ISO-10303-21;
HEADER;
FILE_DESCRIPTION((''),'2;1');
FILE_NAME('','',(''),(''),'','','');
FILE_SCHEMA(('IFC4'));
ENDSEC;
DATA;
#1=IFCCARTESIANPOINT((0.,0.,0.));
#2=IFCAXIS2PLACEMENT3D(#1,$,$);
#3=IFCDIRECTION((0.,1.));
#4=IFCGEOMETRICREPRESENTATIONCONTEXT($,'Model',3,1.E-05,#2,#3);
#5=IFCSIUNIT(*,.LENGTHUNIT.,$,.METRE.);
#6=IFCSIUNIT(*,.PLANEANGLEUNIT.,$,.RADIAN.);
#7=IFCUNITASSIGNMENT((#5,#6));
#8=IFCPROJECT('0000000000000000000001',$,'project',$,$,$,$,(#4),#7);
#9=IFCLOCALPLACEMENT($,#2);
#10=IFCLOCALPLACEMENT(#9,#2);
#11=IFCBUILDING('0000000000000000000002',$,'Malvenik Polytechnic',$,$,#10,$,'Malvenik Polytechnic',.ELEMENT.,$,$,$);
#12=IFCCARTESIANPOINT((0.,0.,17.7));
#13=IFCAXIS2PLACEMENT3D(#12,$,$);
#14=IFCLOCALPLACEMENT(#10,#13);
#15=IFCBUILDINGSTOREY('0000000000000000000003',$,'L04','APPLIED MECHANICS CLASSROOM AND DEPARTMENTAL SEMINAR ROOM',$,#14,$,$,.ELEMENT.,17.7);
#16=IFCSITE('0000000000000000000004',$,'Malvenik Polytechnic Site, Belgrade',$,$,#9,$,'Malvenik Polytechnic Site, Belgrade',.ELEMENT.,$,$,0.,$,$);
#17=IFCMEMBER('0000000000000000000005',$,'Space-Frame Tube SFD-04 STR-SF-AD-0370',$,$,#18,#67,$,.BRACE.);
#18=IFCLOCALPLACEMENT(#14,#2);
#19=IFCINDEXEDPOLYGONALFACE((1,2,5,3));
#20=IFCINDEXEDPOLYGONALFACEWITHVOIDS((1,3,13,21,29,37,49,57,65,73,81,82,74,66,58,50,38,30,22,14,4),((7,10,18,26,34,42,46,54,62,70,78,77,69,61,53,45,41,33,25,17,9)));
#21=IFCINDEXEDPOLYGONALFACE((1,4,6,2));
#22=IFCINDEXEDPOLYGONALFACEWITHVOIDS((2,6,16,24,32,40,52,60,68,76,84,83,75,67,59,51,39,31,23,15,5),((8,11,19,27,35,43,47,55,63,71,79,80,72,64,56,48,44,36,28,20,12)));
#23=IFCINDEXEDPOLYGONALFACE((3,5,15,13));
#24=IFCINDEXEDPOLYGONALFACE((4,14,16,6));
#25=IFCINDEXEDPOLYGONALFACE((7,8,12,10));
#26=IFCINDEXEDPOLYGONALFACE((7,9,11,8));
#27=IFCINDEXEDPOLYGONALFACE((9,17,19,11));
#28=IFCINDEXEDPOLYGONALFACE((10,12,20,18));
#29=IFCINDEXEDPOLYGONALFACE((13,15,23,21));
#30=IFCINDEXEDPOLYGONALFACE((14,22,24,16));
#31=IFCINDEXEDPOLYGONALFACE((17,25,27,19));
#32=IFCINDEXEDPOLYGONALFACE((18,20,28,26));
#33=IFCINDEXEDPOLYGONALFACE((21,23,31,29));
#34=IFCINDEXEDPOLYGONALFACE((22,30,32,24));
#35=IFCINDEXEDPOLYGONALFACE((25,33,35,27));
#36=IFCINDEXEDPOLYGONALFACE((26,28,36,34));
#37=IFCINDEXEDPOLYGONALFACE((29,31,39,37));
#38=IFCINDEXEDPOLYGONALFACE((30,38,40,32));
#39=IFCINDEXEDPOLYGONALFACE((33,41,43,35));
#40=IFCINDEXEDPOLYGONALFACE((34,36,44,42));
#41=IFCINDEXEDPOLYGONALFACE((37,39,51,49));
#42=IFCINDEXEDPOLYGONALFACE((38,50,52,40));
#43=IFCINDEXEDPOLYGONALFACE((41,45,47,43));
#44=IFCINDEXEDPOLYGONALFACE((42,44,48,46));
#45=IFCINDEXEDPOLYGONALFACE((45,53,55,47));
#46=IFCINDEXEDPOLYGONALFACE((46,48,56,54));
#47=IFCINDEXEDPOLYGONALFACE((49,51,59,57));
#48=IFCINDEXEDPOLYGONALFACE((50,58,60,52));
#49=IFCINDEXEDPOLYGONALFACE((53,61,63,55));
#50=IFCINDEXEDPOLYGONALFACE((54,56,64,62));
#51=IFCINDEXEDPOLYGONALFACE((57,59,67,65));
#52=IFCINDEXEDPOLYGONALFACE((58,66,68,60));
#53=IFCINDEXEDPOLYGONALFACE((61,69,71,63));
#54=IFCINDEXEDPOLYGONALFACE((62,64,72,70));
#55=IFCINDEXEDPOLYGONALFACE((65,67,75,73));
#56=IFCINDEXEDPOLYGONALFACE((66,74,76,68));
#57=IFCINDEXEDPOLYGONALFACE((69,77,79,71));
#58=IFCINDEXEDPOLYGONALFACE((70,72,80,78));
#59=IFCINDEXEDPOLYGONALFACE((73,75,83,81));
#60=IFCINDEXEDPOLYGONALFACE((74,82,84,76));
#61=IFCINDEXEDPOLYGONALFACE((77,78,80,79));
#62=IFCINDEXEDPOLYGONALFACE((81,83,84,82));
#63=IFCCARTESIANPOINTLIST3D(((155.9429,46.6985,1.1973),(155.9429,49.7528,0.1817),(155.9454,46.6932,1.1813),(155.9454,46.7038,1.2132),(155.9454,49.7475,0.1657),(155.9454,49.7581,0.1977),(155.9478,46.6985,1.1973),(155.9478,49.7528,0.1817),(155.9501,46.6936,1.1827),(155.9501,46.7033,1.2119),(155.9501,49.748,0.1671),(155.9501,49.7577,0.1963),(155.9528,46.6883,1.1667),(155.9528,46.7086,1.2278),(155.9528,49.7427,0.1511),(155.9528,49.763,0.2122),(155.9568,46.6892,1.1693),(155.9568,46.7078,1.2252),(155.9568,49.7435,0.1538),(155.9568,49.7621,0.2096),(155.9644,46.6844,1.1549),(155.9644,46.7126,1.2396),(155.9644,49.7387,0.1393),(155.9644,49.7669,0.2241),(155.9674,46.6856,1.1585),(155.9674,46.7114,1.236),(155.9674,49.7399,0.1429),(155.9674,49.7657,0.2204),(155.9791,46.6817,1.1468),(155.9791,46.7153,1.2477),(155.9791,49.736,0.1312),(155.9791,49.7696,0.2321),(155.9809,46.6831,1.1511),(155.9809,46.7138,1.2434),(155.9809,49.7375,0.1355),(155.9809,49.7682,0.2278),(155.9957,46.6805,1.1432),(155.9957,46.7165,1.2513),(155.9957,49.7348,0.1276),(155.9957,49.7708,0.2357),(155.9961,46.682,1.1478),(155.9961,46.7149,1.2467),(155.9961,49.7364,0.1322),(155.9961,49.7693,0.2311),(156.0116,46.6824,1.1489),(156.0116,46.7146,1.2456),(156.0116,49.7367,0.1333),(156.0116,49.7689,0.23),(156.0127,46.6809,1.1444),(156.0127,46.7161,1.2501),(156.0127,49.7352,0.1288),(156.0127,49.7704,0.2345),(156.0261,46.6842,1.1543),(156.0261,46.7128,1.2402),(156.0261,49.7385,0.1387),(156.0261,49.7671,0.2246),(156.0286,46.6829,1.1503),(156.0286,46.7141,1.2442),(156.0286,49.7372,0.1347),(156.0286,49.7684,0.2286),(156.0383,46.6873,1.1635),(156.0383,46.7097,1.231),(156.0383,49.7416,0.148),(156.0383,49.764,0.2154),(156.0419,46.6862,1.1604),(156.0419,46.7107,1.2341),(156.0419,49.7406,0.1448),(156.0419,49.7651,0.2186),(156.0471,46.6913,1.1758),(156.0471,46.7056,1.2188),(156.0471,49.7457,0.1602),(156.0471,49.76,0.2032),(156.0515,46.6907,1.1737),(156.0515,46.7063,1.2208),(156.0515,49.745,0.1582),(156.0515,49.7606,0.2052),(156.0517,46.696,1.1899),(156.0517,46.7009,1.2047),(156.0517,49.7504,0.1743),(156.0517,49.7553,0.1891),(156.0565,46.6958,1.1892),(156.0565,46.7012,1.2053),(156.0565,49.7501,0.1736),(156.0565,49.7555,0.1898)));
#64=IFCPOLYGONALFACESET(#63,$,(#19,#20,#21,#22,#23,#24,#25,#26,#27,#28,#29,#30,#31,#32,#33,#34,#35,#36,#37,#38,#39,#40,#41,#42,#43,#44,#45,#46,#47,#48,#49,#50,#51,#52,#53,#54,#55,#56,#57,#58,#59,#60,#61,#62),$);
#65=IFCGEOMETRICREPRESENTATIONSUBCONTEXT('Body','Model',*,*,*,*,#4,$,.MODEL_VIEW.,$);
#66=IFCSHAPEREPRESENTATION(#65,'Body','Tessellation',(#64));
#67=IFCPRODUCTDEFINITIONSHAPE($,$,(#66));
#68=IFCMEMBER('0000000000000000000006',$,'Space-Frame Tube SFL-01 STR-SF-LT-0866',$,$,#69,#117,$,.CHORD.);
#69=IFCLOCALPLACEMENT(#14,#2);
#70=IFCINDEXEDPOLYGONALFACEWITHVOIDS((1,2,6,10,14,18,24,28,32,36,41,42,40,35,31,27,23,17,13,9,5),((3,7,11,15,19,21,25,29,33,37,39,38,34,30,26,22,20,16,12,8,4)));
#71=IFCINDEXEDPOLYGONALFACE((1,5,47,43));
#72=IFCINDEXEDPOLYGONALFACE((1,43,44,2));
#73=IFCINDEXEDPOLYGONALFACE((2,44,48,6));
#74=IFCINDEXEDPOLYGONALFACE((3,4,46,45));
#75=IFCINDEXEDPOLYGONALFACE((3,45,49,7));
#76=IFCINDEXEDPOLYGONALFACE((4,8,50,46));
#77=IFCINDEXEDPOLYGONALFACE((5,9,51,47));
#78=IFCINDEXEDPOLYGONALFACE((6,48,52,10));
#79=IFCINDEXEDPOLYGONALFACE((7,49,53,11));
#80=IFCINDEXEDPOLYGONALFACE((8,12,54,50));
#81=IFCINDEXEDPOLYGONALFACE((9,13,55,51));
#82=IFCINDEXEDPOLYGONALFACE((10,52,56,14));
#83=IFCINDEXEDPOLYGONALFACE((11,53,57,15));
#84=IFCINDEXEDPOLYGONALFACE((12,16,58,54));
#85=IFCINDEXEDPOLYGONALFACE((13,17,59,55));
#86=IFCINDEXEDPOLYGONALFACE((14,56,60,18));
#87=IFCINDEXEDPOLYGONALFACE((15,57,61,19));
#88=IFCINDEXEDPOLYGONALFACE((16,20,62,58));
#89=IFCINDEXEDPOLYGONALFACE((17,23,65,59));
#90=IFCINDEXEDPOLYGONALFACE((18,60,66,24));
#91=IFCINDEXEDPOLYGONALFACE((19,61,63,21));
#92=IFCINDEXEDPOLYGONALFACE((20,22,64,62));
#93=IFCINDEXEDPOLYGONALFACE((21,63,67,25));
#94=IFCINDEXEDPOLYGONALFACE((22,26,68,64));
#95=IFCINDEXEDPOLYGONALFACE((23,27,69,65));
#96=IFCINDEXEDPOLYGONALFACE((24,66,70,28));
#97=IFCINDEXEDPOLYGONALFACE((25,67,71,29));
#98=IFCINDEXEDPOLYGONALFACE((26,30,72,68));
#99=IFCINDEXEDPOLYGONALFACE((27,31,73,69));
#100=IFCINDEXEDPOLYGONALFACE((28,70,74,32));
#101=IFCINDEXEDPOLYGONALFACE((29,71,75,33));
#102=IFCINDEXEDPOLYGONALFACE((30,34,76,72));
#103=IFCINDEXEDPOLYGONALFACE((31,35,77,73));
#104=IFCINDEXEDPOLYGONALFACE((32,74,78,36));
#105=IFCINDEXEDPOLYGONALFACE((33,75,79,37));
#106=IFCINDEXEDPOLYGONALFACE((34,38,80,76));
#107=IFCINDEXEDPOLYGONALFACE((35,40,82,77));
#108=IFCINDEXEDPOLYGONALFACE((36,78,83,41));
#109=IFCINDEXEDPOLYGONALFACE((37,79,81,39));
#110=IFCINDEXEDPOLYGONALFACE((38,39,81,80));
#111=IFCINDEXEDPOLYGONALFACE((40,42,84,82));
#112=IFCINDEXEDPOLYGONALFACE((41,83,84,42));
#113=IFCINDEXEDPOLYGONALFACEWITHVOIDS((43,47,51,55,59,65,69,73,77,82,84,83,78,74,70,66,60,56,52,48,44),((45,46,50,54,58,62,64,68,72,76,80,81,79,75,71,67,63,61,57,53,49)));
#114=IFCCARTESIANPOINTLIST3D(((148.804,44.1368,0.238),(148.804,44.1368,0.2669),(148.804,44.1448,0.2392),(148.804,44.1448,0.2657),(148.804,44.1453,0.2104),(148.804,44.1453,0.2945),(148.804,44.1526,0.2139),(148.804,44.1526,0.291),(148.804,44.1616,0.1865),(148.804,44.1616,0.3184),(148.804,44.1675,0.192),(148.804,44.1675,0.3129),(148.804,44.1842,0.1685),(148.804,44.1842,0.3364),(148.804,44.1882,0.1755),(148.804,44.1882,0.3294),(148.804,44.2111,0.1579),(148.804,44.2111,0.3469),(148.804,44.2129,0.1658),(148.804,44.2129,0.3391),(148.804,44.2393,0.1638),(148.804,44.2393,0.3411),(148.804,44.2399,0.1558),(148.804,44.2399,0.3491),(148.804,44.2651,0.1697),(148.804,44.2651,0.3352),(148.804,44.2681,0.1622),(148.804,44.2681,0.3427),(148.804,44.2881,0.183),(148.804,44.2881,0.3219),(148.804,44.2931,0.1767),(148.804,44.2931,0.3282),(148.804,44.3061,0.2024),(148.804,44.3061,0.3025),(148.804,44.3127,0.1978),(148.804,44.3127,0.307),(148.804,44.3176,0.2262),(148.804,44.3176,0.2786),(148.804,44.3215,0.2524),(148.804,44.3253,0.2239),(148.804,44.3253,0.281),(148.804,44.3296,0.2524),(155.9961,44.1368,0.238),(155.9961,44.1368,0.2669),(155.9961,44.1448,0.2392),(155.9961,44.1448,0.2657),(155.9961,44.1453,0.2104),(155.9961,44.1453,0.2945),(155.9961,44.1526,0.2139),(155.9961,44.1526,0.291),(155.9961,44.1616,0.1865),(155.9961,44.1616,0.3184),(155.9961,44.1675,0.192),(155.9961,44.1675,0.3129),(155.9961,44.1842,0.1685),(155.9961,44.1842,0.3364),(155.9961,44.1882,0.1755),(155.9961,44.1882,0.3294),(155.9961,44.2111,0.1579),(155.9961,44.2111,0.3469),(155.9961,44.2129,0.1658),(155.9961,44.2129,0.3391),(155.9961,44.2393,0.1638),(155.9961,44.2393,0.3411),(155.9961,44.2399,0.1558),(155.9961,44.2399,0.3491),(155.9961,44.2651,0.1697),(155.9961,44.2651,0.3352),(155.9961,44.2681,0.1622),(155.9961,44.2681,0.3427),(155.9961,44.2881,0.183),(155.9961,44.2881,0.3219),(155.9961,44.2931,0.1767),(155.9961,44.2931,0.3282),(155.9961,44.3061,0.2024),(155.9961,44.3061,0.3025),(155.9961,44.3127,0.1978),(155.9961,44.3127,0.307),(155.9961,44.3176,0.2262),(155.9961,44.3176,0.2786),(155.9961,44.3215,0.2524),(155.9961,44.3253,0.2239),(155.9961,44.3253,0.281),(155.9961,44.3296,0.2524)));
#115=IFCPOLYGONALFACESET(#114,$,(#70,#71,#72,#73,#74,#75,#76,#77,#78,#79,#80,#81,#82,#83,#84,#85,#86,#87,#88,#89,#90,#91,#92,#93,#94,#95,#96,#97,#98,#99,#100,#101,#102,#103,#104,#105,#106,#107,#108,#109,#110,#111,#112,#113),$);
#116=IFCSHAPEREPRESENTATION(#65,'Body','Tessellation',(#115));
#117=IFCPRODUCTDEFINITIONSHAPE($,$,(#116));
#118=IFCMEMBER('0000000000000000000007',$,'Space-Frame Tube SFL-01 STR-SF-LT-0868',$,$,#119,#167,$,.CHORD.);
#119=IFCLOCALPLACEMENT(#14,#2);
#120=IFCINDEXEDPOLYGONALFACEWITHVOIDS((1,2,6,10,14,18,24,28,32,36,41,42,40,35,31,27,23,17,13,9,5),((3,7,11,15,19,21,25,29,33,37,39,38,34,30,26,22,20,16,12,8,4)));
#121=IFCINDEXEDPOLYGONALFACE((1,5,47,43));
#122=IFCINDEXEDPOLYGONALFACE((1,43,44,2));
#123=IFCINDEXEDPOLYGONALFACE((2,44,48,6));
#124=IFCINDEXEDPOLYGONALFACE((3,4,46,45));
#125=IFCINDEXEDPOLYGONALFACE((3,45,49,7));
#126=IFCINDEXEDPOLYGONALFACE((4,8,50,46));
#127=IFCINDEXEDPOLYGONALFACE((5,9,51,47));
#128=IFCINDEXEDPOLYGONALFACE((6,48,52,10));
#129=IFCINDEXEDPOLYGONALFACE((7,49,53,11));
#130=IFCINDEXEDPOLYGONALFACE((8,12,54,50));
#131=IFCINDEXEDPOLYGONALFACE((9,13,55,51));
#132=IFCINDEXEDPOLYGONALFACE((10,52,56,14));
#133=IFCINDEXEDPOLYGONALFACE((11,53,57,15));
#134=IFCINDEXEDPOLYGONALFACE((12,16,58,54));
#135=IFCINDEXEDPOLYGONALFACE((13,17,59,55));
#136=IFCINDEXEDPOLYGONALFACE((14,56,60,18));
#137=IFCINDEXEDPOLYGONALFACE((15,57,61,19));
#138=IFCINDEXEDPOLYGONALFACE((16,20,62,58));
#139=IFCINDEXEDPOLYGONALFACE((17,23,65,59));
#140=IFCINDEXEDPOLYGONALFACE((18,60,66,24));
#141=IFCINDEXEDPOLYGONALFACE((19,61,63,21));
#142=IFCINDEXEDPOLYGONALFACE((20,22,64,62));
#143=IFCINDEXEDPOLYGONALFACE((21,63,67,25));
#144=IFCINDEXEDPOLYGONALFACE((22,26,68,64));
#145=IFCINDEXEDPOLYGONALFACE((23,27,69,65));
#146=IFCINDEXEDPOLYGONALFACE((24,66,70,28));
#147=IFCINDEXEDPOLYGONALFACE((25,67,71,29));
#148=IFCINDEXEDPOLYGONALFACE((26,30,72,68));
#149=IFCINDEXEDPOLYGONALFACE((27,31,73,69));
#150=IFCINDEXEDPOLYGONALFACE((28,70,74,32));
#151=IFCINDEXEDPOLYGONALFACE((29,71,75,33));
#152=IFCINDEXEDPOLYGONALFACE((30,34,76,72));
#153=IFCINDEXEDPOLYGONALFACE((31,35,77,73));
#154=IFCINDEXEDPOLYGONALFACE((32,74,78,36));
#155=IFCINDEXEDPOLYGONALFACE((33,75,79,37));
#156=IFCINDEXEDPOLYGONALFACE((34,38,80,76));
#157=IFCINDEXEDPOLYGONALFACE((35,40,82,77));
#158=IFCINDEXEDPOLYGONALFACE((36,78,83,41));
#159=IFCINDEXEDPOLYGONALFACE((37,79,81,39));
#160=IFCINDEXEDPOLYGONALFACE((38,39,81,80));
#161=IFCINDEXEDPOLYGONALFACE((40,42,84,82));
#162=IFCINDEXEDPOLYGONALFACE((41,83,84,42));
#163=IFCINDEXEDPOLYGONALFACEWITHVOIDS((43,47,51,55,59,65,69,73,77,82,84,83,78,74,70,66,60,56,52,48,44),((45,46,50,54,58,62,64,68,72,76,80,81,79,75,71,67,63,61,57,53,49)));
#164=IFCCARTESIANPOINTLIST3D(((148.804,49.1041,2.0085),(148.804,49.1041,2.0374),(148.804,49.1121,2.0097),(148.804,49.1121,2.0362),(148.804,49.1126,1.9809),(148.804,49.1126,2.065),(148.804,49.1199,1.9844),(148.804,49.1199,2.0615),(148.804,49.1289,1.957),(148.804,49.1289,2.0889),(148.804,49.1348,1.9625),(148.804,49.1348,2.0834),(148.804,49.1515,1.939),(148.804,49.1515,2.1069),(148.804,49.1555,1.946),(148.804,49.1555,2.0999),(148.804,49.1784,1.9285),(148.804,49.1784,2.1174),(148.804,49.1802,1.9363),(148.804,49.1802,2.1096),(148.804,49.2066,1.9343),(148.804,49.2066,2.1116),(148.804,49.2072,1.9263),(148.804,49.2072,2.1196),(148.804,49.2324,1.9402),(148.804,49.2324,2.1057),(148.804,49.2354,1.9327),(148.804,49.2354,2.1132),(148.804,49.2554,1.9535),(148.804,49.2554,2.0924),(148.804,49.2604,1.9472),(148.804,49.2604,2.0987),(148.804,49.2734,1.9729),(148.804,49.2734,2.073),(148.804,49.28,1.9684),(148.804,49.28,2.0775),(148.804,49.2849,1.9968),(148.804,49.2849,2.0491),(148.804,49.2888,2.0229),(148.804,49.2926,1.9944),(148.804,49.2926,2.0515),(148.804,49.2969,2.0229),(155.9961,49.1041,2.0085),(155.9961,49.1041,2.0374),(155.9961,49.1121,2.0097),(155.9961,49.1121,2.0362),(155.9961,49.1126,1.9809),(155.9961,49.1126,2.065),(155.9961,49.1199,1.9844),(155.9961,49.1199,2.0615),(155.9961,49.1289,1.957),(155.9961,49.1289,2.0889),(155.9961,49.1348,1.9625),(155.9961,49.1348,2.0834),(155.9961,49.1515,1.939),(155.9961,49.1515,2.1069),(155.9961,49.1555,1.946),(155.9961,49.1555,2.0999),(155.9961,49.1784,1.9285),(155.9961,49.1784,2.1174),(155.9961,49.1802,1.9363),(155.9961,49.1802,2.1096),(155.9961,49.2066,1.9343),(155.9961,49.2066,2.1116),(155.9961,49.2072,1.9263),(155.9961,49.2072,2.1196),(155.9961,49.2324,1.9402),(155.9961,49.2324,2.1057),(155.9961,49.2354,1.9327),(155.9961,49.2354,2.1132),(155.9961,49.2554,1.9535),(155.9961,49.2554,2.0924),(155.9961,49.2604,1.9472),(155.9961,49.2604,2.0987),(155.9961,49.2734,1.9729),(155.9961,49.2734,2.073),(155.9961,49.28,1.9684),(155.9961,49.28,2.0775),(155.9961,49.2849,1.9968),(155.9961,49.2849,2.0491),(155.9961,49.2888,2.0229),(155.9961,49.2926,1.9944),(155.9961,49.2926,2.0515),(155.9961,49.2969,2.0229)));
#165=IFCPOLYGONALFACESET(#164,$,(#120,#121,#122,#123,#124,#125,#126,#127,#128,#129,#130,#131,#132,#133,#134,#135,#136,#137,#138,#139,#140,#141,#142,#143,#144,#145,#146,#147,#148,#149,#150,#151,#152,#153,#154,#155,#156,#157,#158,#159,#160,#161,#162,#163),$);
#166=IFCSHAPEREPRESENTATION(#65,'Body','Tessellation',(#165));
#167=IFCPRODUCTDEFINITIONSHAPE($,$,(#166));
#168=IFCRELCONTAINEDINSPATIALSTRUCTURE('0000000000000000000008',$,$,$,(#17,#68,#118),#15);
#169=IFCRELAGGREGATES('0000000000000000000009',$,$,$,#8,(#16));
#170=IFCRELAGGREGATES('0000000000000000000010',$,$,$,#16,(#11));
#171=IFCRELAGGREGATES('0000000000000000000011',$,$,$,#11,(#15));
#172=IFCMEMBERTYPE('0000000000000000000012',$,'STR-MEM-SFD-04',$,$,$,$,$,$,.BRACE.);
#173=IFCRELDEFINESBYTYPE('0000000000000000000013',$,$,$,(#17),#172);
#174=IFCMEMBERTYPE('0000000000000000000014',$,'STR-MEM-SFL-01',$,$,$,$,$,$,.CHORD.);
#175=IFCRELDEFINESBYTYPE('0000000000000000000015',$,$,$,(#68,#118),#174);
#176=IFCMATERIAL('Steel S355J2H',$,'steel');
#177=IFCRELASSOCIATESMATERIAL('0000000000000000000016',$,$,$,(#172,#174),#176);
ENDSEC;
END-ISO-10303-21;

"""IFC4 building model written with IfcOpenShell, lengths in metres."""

from ifc_helpers import new_model, si_unit, direction, frame, origin, origin_2d, place, context, subcontext, project, spatial, hollow_circle, extrude, material, material_profile, profile_set, type_object, element, save


model = new_model("IFC4")

# Units and contexts
model_context = context("Model", 3, precision=1e-05, world=origin(), true_north=direction((0.0, 1.0)))
body_context = subcontext(model_context, "Body", "Model", "MODEL_VIEW")
ifc_project = project(units=[si_unit("LENGTHUNIT", "METRE"), si_unit("PLANEANGLEUNIT", "RADIAN")], contexts=[model_context])

# Site, building, storey
site_placement = place(None, origin())
site = spatial("IfcSite", under=ifc_project, at=site_placement, Name="Malvenik Polytechnic Site, Belgrade", LongName="Malvenik Polytechnic Site, Belgrade", CompositionType="ELEMENT", RefElevation=0.0)
building_placement = place(site_placement, origin())
building = spatial("IfcBuilding", under=site, at=building_placement, Name="Malvenik Polytechnic", LongName="Malvenik Polytechnic", CompositionType="ELEMENT")
storey_placement = place(building_placement, frame((0.0, 0.0, 17.7)))
storey = spatial("IfcBuildingStorey", under=building, at=storey_placement, Name="L04", Description="APPLIED MECHANICS CLASSROOM AND DEPARTMENTAL SEMINAR ROOM", CompositionType="ELEMENT", Elevation=17.7)

# Members
ifc_material = material(Name="Steel S355J2H", Category="steel")
ifc_material_profile_1 = material_profile(ifc_material, hollow_circle(Radius=0.0571, WallThickness=0.0049, at=origin_2d()), Name="CHS 114.3x5.0")
ifc_profile_set_1 = profile_set([ifc_material_profile_1], Name="Steel S355J2H")
member_type_1 = type_object("IfcMemberType", Name="STR-MEM-SFD-04", PredefinedType="BRACE", material=ifc_profile_set_1)
for number, where, z_axis, x_axis, name in (
    (1, (156.0, 46.6985, 1.1973), (0.0, 0.948918, -0.315522), (-1.0, 0.0, 0.0), "Space-Frame Tube SFD-04 STR-SF-AD-0370"),
):
    element("IfcMember", number, at=place(storey_placement, frame(where, z_axis=z_axis, x_axis=x_axis)), inside=storey, type_object=member_type_1, Name=name, PredefinedType="BRACE", context=body_context, shape_type="SweptSolid", body=[
        extrude(hollow_circle(Radius=0.0571, WallThickness=0.0049, at=origin_2d()), origin(), (0.0, 0.0, 1.0), 3.2188),
    ])
ifc_material_profile_2 = material_profile(ifc_material, hollow_circle(Radius=0.0969, WallThickness=0.0081, at=origin_2d()), Name="CHS 193.7x8.0")
ifc_profile_set_2 = profile_set([ifc_material_profile_2], Name="Steel S355J2H")
member_type_2 = type_object("IfcMemberType", Name="STR-MEM-SFL-01", PredefinedType="CHORD", material=ifc_profile_set_2)
for number, where, z_axis, x_axis, name in (
    (2, (148.804, 44.2327, 0.2524), (1.0, 0.0, 0.0), (0.0, 1.0, 0.0), "Space-Frame Tube SFL-01 STR-SF-LT-0866"),
    (3, (148.804, 49.2, 2.0229), (1.0, 0.0, 0.0), (0.0, 1.0, 0.0), "Space-Frame Tube SFL-01 STR-SF-LT-0868"),
):
    element("IfcMember", number, at=place(storey_placement, frame(where, z_axis=z_axis, x_axis=x_axis)), inside=storey, type_object=member_type_2, Name=name, PredefinedType="CHORD", context=body_context, shape_type="SweptSolid", body=[
        extrude(hollow_circle(Radius=0.0969, WallThickness=0.0081, at=origin_2d()), origin(), (0.0, 0.0, 1.0), 7.1921),
    ])

save(model, "model.ifc")
